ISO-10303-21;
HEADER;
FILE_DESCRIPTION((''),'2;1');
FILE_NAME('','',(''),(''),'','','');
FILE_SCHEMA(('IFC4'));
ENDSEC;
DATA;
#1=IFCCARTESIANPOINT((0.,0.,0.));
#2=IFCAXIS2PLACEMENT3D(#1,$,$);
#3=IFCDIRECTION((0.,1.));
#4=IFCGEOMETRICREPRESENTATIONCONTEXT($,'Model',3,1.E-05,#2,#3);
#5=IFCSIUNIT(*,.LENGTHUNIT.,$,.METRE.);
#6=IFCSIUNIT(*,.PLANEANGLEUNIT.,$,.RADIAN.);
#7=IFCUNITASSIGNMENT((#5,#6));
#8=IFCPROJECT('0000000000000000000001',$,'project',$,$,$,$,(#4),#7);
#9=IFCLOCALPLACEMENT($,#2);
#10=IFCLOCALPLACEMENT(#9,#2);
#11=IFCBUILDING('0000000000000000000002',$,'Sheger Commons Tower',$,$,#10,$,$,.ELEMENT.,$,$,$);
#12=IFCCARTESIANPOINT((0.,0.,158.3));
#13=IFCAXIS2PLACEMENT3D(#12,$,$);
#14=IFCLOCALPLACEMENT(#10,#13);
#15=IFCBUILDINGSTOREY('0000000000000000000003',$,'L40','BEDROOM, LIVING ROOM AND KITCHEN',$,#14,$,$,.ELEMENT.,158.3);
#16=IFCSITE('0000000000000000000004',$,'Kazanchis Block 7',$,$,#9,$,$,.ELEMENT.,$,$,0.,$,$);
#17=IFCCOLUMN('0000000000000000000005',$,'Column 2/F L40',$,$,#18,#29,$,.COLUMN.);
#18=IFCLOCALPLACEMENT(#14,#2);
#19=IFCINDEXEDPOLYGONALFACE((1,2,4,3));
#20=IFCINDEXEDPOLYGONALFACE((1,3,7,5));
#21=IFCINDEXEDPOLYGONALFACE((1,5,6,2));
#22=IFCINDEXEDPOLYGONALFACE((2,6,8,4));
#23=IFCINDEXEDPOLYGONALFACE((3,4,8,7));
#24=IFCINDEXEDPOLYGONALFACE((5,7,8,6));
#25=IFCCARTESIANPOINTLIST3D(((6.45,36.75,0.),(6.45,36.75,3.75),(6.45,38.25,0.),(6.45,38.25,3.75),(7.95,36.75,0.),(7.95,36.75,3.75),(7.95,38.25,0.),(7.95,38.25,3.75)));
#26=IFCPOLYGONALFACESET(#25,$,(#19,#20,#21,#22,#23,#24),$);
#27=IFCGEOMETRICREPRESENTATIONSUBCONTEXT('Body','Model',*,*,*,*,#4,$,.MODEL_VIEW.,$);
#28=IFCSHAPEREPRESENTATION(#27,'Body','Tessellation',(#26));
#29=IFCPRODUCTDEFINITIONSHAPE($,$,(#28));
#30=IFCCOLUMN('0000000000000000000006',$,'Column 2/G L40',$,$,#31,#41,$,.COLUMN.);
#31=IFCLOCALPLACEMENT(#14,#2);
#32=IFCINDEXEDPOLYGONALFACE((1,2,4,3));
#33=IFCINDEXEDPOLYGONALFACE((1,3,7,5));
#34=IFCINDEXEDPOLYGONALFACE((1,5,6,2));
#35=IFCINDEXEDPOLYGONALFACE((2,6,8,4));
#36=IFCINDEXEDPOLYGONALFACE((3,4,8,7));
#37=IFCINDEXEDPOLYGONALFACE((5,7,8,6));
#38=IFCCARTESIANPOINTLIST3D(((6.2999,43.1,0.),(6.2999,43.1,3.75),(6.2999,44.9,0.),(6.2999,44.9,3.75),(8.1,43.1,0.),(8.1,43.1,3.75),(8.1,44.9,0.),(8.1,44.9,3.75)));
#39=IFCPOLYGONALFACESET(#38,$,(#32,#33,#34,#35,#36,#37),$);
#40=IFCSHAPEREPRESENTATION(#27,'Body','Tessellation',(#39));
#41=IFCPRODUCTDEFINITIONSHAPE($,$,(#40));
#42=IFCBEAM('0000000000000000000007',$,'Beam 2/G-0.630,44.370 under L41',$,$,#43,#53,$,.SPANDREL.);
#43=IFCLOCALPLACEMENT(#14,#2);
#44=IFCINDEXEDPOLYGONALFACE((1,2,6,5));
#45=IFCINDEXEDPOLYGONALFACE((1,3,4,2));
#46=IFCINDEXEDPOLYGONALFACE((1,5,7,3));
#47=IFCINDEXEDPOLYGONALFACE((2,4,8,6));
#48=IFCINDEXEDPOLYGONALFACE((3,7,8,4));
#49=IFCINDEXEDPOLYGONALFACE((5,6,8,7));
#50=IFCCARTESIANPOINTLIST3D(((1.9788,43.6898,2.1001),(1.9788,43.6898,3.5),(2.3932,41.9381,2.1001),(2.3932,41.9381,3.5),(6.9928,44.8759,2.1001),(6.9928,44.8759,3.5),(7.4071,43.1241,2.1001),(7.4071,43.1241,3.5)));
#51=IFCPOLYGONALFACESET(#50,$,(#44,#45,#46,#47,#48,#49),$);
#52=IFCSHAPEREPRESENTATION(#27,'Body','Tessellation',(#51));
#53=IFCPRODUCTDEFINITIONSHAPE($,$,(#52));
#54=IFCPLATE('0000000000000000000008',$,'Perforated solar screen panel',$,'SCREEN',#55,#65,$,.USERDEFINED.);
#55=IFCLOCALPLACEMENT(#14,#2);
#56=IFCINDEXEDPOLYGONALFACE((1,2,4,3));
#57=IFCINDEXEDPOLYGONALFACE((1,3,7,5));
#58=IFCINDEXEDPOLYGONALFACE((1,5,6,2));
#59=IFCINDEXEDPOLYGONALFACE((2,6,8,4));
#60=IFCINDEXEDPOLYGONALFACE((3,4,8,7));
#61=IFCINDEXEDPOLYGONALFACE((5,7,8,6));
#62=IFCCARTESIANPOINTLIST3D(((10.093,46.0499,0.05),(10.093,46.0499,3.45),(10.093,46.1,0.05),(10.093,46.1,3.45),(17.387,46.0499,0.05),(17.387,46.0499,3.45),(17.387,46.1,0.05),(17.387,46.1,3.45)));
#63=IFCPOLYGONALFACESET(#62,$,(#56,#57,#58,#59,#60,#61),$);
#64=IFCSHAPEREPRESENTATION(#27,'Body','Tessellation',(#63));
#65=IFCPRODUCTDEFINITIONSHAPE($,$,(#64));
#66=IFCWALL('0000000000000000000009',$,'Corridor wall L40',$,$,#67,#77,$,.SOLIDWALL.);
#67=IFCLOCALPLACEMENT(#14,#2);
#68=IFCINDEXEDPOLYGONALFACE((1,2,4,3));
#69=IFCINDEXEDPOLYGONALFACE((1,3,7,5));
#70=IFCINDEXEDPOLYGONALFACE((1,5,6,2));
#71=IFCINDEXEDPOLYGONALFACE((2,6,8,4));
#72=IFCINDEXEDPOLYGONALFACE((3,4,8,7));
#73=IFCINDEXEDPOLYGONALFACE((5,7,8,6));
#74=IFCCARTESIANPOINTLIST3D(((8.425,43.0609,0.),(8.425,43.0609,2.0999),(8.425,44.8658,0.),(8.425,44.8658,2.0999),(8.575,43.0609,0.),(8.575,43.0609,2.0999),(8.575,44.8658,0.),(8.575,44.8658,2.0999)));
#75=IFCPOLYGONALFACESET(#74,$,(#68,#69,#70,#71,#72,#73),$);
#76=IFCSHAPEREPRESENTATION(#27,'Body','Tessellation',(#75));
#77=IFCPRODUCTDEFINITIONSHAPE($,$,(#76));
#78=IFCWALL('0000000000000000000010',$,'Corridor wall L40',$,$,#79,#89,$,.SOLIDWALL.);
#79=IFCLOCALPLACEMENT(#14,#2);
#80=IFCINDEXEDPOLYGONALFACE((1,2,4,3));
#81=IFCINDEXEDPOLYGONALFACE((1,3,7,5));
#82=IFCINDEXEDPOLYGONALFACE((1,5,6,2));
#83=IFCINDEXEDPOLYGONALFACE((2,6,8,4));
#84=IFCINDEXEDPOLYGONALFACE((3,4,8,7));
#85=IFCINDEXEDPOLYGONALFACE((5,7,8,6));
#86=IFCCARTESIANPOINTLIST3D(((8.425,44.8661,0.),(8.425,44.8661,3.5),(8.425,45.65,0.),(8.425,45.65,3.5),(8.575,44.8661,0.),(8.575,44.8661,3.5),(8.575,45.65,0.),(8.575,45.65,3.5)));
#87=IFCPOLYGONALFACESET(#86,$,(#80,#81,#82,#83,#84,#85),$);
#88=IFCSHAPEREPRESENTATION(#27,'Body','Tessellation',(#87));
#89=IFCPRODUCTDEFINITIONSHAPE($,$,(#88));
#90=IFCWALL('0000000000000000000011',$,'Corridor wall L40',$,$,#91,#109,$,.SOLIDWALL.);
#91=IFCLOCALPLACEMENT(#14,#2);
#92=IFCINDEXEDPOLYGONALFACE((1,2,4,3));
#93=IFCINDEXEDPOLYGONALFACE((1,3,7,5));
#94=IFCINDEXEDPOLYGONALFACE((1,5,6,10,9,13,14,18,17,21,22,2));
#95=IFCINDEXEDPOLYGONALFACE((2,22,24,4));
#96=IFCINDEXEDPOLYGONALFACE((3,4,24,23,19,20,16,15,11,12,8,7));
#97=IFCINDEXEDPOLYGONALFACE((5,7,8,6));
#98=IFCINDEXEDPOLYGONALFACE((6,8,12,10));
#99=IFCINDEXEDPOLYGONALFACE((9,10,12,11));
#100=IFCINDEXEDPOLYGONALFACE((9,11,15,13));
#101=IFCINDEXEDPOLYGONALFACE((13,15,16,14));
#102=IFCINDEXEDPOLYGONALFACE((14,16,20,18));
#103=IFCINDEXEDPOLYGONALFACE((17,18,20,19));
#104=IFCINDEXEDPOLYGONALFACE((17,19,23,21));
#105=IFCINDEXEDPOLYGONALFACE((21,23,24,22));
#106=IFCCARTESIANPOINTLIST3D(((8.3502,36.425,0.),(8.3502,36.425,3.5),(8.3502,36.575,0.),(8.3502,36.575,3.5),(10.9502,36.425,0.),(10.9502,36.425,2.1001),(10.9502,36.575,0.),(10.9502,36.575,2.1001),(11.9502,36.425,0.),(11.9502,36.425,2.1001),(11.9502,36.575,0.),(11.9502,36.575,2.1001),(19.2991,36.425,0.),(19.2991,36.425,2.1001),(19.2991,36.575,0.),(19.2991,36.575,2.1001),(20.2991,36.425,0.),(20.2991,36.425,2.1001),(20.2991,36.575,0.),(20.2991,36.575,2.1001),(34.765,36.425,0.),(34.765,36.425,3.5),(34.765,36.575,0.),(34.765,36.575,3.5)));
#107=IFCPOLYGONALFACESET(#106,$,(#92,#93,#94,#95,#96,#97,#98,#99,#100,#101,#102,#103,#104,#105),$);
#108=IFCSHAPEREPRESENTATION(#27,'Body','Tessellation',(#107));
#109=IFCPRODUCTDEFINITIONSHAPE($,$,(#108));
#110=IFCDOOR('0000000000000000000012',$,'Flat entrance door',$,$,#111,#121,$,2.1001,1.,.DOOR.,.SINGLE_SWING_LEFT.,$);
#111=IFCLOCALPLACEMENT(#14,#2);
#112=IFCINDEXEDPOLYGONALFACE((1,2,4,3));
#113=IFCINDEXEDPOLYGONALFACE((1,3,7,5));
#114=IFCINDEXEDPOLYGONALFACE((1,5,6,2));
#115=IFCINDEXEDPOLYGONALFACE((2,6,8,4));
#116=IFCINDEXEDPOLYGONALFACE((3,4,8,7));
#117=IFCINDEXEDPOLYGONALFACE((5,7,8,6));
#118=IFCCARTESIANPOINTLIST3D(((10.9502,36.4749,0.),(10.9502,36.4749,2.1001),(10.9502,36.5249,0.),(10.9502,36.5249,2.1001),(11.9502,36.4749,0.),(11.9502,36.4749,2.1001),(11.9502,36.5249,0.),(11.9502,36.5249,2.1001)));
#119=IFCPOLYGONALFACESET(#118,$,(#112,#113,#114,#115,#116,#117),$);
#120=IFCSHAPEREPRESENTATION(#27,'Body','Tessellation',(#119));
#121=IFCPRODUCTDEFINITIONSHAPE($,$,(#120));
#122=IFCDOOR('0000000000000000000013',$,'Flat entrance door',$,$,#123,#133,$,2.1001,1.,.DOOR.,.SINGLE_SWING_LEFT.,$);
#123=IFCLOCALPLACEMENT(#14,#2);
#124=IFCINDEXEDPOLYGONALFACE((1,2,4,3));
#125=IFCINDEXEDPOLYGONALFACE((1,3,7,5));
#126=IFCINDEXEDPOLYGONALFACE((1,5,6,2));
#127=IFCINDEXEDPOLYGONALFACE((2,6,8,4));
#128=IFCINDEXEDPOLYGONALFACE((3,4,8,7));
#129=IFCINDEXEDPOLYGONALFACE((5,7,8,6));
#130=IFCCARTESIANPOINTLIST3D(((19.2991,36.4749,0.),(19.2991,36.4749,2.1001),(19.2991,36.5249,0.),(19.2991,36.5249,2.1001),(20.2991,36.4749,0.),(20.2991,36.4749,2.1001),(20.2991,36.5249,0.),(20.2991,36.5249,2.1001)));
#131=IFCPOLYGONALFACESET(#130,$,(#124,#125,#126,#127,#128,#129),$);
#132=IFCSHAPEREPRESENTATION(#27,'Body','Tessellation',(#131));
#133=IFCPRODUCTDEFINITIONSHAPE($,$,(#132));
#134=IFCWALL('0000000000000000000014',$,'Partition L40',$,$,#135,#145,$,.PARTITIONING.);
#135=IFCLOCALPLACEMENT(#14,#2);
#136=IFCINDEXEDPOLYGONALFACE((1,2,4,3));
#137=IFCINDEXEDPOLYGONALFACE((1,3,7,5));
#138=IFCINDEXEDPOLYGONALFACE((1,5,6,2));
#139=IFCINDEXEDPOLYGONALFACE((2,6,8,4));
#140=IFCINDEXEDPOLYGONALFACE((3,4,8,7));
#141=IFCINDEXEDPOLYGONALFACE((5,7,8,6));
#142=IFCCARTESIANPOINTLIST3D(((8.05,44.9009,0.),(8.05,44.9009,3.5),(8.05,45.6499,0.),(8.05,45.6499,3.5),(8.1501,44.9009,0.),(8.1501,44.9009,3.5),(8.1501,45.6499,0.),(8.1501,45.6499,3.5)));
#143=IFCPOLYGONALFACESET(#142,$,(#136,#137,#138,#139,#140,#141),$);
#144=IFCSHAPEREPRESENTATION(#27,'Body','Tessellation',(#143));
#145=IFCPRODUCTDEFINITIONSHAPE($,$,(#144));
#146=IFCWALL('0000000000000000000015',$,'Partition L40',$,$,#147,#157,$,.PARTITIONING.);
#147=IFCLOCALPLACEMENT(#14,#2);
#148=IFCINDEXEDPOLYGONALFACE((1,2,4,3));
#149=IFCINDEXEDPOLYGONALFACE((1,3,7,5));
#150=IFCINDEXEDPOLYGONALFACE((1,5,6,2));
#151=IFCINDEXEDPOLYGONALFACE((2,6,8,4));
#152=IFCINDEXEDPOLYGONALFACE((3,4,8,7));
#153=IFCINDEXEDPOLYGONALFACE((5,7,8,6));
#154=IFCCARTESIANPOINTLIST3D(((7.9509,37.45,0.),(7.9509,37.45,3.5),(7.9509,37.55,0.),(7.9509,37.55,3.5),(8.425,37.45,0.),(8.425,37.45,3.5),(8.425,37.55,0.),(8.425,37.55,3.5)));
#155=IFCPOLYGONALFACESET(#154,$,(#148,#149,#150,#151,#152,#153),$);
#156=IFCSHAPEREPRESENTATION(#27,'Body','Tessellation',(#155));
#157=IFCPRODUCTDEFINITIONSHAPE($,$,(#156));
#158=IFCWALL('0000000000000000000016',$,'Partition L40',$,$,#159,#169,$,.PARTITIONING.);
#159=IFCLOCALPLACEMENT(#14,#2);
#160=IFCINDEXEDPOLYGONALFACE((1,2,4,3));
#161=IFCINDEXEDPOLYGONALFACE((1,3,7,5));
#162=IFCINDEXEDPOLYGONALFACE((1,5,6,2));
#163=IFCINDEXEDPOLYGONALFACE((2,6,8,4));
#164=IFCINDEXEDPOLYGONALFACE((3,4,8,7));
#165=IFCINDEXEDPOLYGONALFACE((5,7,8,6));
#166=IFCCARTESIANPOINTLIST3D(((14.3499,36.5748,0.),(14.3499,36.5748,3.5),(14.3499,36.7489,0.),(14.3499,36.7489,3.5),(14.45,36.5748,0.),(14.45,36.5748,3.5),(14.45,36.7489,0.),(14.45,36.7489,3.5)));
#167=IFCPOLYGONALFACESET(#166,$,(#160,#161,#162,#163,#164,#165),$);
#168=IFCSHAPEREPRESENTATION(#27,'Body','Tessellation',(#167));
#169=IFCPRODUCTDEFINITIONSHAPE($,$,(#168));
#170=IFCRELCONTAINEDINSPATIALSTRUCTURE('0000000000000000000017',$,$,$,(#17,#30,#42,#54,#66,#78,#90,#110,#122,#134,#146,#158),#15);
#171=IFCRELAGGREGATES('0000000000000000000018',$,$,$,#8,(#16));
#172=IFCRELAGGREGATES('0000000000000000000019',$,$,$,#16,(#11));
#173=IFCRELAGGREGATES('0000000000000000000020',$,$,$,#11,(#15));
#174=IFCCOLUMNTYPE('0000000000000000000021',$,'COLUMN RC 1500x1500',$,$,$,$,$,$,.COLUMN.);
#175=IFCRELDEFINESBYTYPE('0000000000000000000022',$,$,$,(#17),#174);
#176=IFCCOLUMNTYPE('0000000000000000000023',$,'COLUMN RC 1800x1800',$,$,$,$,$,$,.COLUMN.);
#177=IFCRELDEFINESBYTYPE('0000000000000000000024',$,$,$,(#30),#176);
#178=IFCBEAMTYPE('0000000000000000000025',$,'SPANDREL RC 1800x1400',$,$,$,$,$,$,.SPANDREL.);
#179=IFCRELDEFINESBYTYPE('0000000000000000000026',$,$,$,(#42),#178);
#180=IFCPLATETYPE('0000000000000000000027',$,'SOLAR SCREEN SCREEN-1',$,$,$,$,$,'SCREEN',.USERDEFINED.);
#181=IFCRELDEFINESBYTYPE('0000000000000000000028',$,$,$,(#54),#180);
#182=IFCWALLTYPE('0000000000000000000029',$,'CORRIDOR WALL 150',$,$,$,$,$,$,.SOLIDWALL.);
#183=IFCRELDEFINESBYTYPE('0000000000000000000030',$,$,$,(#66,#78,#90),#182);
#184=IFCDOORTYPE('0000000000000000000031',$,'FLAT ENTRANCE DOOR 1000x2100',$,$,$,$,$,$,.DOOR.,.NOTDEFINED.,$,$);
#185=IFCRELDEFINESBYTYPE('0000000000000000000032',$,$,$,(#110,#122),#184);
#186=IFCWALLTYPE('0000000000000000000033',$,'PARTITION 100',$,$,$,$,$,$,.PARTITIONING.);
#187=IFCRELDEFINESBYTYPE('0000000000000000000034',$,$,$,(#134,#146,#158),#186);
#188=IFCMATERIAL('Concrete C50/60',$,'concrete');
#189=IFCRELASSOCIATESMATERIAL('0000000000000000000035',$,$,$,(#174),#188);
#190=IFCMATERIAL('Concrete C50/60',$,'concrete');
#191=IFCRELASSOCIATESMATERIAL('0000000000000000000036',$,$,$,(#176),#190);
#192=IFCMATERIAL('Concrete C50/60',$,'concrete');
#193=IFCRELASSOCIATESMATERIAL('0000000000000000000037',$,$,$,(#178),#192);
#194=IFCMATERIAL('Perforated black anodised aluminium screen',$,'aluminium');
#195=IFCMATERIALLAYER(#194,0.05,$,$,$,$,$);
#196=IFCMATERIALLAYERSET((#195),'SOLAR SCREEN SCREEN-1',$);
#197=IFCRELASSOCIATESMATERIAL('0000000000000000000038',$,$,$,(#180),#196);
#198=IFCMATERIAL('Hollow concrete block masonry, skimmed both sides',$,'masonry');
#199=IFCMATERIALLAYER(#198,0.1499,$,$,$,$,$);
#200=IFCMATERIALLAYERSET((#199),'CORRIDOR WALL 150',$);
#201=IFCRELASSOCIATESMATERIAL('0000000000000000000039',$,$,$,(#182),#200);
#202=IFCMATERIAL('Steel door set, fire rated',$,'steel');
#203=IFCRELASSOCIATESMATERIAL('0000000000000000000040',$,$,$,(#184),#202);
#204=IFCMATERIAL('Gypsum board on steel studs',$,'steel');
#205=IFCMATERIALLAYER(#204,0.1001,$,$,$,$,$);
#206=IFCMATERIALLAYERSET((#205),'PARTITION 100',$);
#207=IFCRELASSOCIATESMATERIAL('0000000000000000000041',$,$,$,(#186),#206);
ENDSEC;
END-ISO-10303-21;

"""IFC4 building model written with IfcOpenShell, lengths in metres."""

from ifc_helpers import new_model, si_unit, direction, frame, frame_2d, origin, origin_2d, place, context, subcontext, project, spatial, rectangle, extrude, material, layer, layer_set, material_profile, profile_set, type_object, element, fill, save


model = new_model("IFC4")

# Units and contexts
model_context = context("Model", 3, precision=1e-05, world=origin(), true_north=direction((0.0, 1.0)))
body_context = subcontext(model_context, "Body", "Model", "MODEL_VIEW")
ifc_project = project(units=[si_unit("LENGTHUNIT", "METRE"), si_unit("PLANEANGLEUNIT", "RADIAN")], contexts=[model_context])

# Site, building, storey
site_placement = place(None, origin())
site = spatial("IfcSite", under=ifc_project, at=site_placement, Name="Kazanchis Block 7", CompositionType="ELEMENT", RefElevation=0.0)
building_placement = place(site_placement, origin())
building = spatial("IfcBuilding", under=site, at=building_placement, Name="Sheger Commons Tower", CompositionType="ELEMENT")
storey_placement = place(building_placement, frame((0.0, 0.0, 158.3)))
storey = spatial("IfcBuildingStorey", under=building, at=storey_placement, Name="L40", Description="BEDROOM, LIVING ROOM AND KITCHEN", CompositionType="ELEMENT", Elevation=158.3)

# Columns
ifc_material_1 = material(Name="Concrete C50/60", Category="concrete")
ifc_material_profile_1 = material_profile(ifc_material_1, rectangle(XDim=1.5, YDim=1.5, at=origin_2d()), Name="RC 1500x1500")
ifc_profile_set_1 = profile_set([ifc_material_profile_1], Name="Concrete C50/60")
column_type_1 = type_object("IfcColumnType", Name="COLUMN RC 1500x1500", PredefinedType="COLUMN", material=ifc_profile_set_1)
column_1_placement = place(storey_placement, frame((7.2, 37.5, 0.0), z_axis=(0.0, 0.0, 1.0), x_axis=(1.0, 0.0, 0.0)))
element("IfcColumn", 1, at=column_1_placement, inside=storey, type_object=column_type_1, Name="Column 2/F L40", PredefinedType="COLUMN", context=body_context, shape_type="SweptSolid", body=[
    extrude(rectangle(XDim=1.5, YDim=1.5, at=origin_2d()), origin(), (0.0, 0.0, 1.0), 3.75),
])
ifc_material_2 = material(Name="Concrete C50/60", Category="concrete")
ifc_material_profile_2 = material_profile(ifc_material_2, rectangle(XDim=1.8, YDim=1.8, at=origin_2d()), Name="RC 1800x1800")
ifc_profile_set_2 = profile_set([ifc_material_profile_2], Name="Concrete C50/60")
column_type_2 = type_object("IfcColumnType", Name="COLUMN RC 1800x1800", PredefinedType="COLUMN", material=ifc_profile_set_2)
column_2_placement = place(storey_placement, frame((7.2, 44.0, 0.0), z_axis=(0.0, 0.0, 1.0), x_axis=(1.0, 0.0, 0.0)))
element("IfcColumn", 2, at=column_2_placement, inside=storey, type_object=column_type_2, Name="Column 2/G L40", PredefinedType="COLUMN", context=body_context, shape_type="SweptSolid", body=[
    extrude(rectangle(XDim=1.8, YDim=1.8, at=origin_2d()), origin(), (0.0, 0.0, 1.0), 3.75),
])

# Beam
ifc_material_3 = material(Name="Concrete C50/60", Category="concrete")
ifc_material_profile_3 = material_profile(ifc_material_3, rectangle(XDim=1.8, YDim=1.3999, at=origin_2d()), Name="RC 1800x1400")
ifc_profile_set_3 = profile_set([ifc_material_profile_3], Name="Concrete C50/60")
beam_type = type_object("IfcBeamType", Name="SPANDREL RC 1800x1400", PredefinedType="SPANDREL", material=ifc_profile_set_3)
beam_placement = place(storey_placement, frame((7.2, 44.0, 2.8), z_axis=(-0.973144, -0.230196, 0.0), x_axis=(0.230196, -0.973144, 0.0)))
element("IfcBeam", 3, at=beam_placement, inside=storey, type_object=beam_type, Name="Beam 2/G-0.630,44.370 under L41", PredefinedType="SPANDREL", context=body_context, shape_type="SweptSolid", body=[
    extrude(rectangle(XDim=1.8, YDim=1.3999, at=origin_2d()), origin(), (0.0, 0.0, 1.0), 5.1523),
])

# Plate
ifc_material_4 = material(Name="Perforated black anodised aluminium screen", Category="aluminium")
ifc_layer_1 = layer(ifc_material_4, 0.05)
ifc_layer_set_1 = layer_set([ifc_layer_1], Name="SOLAR SCREEN SCREEN-1")
plate_type = type_object("IfcPlateType", Name="SOLAR SCREEN SCREEN-1", ElementType="SCREEN", PredefinedType="USERDEFINED", material=ifc_layer_set_1)
plate_placement = place(storey_placement, frame((13.74, 46.075, 0.05), z_axis=(0.0, 0.0, 1.0), x_axis=(-1.0, 0.0, 0.0)))
element("IfcPlate", 4, at=plate_placement, inside=storey, type_object=plate_type, Name="Perforated solar screen panel", ObjectType="SCREEN", PredefinedType="USERDEFINED", context=body_context, shape_type="SweptSolid", body=[
    extrude(rectangle(XDim=7.2939, YDim=0.05, at=origin_2d()), origin(), (0.0, 0.0, 1.0), 3.3999),
])

# Walls
ifc_material_5 = material(Name="Hollow concrete block masonry, skimmed both sides", Category="masonry")
ifc_layer_2 = layer(ifc_material_5, 0.1499)
ifc_layer_set_2 = layer_set([ifc_layer_2], Name="CORRIDOR WALL 150")
wall_type_1 = type_object("IfcWallType", Name="CORRIDOR WALL 150", PredefinedType="SOLIDWALL", material=ifc_layer_set_2)
wall_1_placement = place(storey_placement, frame((8.5, 43.061, 0.0), z_axis=(0.0, 0.0, 1.0), x_axis=(0.0, 1.0, 0.0)))
element("IfcWall", 5, at=wall_1_placement, inside=storey, type_object=wall_type_1, Name="Corridor wall L40", PredefinedType="SOLIDWALL", context=body_context, shape_type="SweptSolid", body=[
    extrude(rectangle(XDim=1.8049, YDim=0.1499, at=frame_2d((0.9023, 0.0))), origin(), (0.0, 0.0, 1.0), 2.0999),
])
wall_2_placement = place(storey_placement, frame((8.5, 44.866, 0.0), z_axis=(0.0, 0.0, 1.0), x_axis=(0.0, 1.0, 0.0)))
element("IfcWall", 6, at=wall_2_placement, inside=storey, type_object=wall_type_1, Name="Corridor wall L40", PredefinedType="SOLIDWALL", context=body_context, shape_type="SweptSolid", body=[
    extrude(rectangle(XDim=0.7839, YDim=0.1499, at=frame_2d((0.3921, 0.0))), origin(), (0.0, 0.0, 1.0), 3.5),
])

# Wall, openings, doors
wall_3_placement = place(storey_placement, frame((8.3501, 36.5, 0.0), z_axis=(0.0, 0.0, 1.0), x_axis=(1.0, 0.0, 0.0)))
wall_3 = element("IfcWall", 7, at=wall_3_placement, inside=storey, type_object=wall_type_1, Name="Corridor wall L40", PredefinedType="SOLIDWALL", context=body_context, shape_type="SweptSolid", body=[
    extrude(rectangle(XDim=26.4148, YDim=0.1499, at=frame_2d((13.2075, 0.0))), origin(), (0.0, 0.0, 1.0), 3.5),
])
opening_1_placement = place(wall_3_placement, frame((2.6001, 0.0, 0.0)))
opening_1 = element("IfcOpeningElement", 8, at=opening_1_placement, cuts=wall_3, PredefinedType="OPENING", context=body_context, shape_type="SweptSolid", body=[
    extrude(rectangle(XDim=1.0, YDim=2.1001, at=frame_2d((0.5, 1.05))), frame((0.0, 0.085, 0.0), z_axis=(0.0, -1.0, 0.0), x_axis=(1.0, 0.0, 0.0)), (0.0, 0.0, 1.0), 0.1699),
])
opening_2_placement = place(wall_3_placement, frame((10.949, 0.0, 0.0)))
opening_2 = element("IfcOpeningElement", 9, at=opening_2_placement, cuts=wall_3, PredefinedType="OPENING", context=body_context, shape_type="SweptSolid", body=[
    extrude(rectangle(XDim=1.0, YDim=2.1001, at=frame_2d((0.5, 1.05))), frame((0.0, 0.085, 0.0), z_axis=(0.0, -1.0, 0.0), x_axis=(1.0, 0.0, 0.0)), (0.0, 0.0, 1.0), 0.1699),
])
ifc_material_6 = material(Name="Steel door set, fire rated", Category="steel")
door_type_1 = type_object("IfcDoorType", Name="FLAT ENTRANCE DOOR 1000x2100", OperationType="NOTDEFINED", PredefinedType="DOOR", material=ifc_material_6)
door_1_placement = place(opening_1_placement, origin())
door_1 = element("IfcDoor", 10, at=door_1_placement, inside=storey, type_object=door_type_1, Name="Flat entrance door", OperationType="SINGLE_SWING_LEFT", OverallHeight=2.1001, OverallWidth=1.0, PredefinedType="DOOR", context=body_context, shape_type="SweptSolid", body=[
    extrude(rectangle(XDim=1.0, YDim=2.1001, at=frame_2d((0.5, 1.05))), frame((0.0, 0.0249, 0.0), z_axis=(0.0, -1.0, 0.0), x_axis=(1.0, 0.0, 0.0)), (0.0, 0.0, 1.0), 0.05),
])
fill(opening_1, door_1)
door_2_placement = place(opening_2_placement, origin())
door_2 = element("IfcDoor", 11, at=door_2_placement, inside=storey, type_object=door_type_1, Name="Flat entrance door", OperationType="SINGLE_SWING_LEFT", OverallHeight=2.1001, OverallWidth=1.0, PredefinedType="DOOR", context=body_context, shape_type="SweptSolid", body=[
    extrude(rectangle(XDim=1.0, YDim=2.1001, at=frame_2d((0.5, 1.05))), frame((0.0, 0.0249, 0.0), z_axis=(0.0, -1.0, 0.0), x_axis=(1.0, 0.0, 0.0)), (0.0, 0.0, 1.0), 0.05),
])
fill(opening_2, door_2)

# Walls
ifc_material_7 = material(Name="Gypsum board on steel studs", Category="steel")
ifc_layer_3 = layer(ifc_material_7, 0.1001)
ifc_layer_set_3 = layer_set([ifc_layer_3], Name="PARTITION 100")
wall_type_2 = type_object("IfcWallType", Name="PARTITION 100", PredefinedType="PARTITIONING", material=ifc_layer_set_3)
wall_4_placement = place(storey_placement, frame((8.1001, 45.6499, 0.0), z_axis=(0.0, 0.0, 1.0), x_axis=(0.0, -1.0, 0.0)))
element("IfcWall", 12, at=wall_4_placement, inside=storey, type_object=wall_type_2, Name="Partition L40", PredefinedType="PARTITIONING", context=body_context, shape_type="SweptSolid", body=[
    extrude(rectangle(XDim=0.749, YDim=0.1001, at=frame_2d((0.3745, 0.0))), origin(), (0.0, 0.0, 1.0), 3.5),
])
wall_5_placement = place(storey_placement, frame((7.9509, 37.5, 0.0), z_axis=(0.0, 0.0, 1.0), x_axis=(1.0, 0.0, 0.0)))
element("IfcWall", 13, at=wall_5_placement, inside=storey, type_object=wall_type_2, Name="Partition L40", PredefinedType="PARTITIONING", context=body_context, shape_type="SweptSolid", body=[
    extrude(rectangle(XDim=0.4741, YDim=0.1001, at=frame_2d((0.2371, 0.0))), origin(), (0.0, 0.0, 1.0), 3.5),
])
wall_6_placement = place(storey_placement, frame((14.3999, 36.575, 0.0), z_axis=(0.0, 0.0, 1.0), x_axis=(0.0, 1.0, 0.0)))
element("IfcWall", 14, at=wall_6_placement, inside=storey, type_object=wall_type_2, Name="Partition L40", PredefinedType="PARTITIONING", context=body_context, shape_type="SweptSolid", body=[
    extrude(rectangle(XDim=0.1741, YDim=0.1001, at=frame_2d((0.0869, 0.0))), origin(), (0.0, 0.0, 1.0), 3.5),
])

save(model, "model.ifc")
